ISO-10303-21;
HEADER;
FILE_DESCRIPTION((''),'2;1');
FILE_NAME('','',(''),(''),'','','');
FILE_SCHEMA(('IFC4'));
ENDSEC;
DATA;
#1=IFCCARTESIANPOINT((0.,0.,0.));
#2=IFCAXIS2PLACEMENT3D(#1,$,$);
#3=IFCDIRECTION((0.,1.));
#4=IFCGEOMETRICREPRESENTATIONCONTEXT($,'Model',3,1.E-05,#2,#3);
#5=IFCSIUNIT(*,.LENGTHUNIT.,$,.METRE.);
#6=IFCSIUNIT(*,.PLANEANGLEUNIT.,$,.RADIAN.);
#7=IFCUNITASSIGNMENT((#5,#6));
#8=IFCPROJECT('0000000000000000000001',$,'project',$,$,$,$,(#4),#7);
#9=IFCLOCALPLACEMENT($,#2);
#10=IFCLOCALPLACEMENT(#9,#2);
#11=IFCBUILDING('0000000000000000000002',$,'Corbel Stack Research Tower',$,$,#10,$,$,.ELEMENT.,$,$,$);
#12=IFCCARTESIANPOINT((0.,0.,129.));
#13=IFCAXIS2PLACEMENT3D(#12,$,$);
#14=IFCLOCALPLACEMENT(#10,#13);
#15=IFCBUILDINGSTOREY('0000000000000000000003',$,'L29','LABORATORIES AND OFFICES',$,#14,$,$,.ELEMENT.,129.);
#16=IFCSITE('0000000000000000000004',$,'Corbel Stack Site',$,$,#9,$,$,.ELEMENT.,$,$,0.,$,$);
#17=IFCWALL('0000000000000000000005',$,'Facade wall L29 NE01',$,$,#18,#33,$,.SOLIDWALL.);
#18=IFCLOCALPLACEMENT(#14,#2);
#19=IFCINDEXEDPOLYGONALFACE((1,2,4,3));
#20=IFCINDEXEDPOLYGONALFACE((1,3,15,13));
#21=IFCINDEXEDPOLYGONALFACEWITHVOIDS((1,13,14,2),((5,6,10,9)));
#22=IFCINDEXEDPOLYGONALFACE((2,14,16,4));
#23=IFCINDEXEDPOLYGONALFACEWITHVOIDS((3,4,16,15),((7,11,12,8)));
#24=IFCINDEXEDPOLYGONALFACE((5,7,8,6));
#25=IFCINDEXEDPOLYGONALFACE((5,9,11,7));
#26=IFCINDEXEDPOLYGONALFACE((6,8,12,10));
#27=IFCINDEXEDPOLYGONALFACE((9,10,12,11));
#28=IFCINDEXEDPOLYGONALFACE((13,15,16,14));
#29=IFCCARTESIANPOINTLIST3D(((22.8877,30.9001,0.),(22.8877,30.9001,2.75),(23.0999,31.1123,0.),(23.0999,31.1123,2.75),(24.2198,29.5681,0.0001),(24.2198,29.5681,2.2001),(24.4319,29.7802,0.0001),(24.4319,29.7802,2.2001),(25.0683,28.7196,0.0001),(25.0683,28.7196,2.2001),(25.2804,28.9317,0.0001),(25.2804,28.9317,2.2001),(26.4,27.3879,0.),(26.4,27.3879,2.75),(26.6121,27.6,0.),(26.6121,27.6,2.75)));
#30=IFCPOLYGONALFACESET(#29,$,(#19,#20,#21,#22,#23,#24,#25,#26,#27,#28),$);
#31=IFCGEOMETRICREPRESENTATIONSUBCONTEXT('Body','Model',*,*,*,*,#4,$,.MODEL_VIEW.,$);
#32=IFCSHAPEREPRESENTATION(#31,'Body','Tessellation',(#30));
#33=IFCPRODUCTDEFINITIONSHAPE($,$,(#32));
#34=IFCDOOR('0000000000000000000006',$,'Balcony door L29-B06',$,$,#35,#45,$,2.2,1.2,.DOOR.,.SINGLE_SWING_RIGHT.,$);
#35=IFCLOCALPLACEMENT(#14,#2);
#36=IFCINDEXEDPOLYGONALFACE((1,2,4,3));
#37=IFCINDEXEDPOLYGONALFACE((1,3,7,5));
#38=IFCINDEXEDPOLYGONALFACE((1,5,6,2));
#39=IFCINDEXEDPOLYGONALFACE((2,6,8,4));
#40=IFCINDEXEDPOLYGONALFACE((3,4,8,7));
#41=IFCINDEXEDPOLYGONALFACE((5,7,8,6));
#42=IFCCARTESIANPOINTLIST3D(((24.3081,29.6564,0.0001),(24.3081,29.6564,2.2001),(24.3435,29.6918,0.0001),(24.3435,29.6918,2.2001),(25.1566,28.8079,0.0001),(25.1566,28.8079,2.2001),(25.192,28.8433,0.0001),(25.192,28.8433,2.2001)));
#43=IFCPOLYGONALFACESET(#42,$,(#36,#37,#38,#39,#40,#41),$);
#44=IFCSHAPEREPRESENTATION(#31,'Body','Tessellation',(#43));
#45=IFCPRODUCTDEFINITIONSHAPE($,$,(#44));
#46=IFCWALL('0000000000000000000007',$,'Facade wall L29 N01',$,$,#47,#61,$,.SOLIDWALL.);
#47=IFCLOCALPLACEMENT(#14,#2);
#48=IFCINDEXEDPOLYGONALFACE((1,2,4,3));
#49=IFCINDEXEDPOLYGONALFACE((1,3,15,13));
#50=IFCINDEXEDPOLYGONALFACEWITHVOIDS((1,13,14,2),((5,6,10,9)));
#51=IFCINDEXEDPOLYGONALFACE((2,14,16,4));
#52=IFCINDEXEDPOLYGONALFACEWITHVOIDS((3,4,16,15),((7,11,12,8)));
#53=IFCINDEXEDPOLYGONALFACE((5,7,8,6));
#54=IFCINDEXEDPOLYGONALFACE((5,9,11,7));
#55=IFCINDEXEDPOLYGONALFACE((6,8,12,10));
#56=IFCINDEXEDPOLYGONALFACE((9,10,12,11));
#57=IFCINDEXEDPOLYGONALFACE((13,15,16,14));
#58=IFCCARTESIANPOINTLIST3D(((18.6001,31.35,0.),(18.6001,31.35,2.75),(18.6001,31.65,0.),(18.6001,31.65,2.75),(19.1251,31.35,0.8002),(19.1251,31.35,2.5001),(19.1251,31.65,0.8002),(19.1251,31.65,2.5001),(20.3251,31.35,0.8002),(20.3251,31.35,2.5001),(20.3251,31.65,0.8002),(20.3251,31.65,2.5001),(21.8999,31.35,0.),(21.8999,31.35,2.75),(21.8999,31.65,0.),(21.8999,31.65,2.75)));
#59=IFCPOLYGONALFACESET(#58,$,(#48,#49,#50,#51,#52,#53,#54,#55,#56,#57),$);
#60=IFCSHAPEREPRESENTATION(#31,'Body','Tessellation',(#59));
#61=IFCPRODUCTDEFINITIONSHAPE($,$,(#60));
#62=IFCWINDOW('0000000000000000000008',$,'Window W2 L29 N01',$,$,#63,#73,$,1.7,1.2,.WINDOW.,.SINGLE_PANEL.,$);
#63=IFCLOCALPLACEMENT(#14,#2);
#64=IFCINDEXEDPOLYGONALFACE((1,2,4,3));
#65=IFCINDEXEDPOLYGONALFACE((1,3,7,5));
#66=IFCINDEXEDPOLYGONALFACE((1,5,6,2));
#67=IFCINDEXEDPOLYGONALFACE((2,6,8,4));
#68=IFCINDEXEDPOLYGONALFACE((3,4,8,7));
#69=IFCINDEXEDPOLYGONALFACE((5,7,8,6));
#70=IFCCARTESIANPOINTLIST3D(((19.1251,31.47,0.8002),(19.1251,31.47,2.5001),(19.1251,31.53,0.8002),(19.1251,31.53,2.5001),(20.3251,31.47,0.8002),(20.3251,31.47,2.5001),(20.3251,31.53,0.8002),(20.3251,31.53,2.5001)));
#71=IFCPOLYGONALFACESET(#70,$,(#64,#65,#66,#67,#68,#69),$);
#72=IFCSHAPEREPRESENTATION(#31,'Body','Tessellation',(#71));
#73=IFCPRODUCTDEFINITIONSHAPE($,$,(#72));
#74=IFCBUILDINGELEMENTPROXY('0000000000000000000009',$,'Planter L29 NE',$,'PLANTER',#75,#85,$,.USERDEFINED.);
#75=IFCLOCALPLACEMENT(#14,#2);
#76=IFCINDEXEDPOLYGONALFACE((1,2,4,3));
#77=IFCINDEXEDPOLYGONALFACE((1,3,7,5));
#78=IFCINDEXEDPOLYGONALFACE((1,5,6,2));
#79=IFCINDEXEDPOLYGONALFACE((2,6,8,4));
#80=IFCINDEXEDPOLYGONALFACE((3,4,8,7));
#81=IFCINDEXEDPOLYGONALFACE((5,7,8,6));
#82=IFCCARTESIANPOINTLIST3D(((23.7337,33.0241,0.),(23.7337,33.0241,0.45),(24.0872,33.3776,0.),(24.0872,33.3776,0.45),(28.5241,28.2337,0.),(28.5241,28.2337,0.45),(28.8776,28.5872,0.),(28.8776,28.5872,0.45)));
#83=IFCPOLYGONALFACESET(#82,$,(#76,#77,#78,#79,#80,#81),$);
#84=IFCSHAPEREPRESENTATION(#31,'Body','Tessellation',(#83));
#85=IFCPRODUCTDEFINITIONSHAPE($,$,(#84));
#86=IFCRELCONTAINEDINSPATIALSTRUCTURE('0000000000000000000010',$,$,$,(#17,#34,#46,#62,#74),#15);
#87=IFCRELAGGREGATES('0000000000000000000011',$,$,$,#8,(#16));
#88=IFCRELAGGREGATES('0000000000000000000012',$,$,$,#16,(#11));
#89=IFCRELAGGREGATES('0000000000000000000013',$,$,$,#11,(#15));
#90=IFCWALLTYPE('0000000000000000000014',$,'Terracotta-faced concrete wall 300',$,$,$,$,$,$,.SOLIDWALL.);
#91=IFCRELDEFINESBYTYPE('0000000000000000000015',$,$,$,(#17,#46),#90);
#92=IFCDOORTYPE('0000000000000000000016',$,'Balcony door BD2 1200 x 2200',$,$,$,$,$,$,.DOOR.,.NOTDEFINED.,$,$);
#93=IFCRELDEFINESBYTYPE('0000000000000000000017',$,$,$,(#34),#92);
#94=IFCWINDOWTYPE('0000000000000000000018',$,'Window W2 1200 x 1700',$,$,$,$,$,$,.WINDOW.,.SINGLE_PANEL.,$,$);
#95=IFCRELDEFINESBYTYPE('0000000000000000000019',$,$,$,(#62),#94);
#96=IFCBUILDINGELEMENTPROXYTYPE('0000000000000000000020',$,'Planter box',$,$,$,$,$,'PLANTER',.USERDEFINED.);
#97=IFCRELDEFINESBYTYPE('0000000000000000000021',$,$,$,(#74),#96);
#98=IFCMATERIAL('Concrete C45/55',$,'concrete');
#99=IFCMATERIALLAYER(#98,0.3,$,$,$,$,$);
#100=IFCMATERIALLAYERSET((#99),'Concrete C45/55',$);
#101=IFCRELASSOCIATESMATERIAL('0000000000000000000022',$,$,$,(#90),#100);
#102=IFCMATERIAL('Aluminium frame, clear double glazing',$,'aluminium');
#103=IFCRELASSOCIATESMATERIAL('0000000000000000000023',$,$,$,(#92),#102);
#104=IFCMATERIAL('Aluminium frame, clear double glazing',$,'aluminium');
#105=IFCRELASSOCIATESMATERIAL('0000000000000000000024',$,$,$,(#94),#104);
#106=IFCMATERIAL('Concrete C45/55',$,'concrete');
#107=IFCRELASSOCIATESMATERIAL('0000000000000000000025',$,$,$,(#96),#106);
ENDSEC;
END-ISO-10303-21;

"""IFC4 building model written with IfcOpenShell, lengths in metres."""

from ifc_helpers import new_model, si_unit, direction, frame, frame_2d, origin, origin_2d, place, context, subcontext, project, spatial, rectangle, extrude, material, layer, layer_set, type_object, element, fill, save


model = new_model("IFC4")

# Units and contexts
model_context = context("Model", 3, precision=1e-05, world=origin(), true_north=direction((0.0, 1.0)))
body_context = subcontext(model_context, "Body", "Model", "MODEL_VIEW")
ifc_project = project(units=[si_unit("LENGTHUNIT", "METRE"), si_unit("PLANEANGLEUNIT", "RADIAN")], contexts=[model_context])

# Site, building, storey
site_placement = place(None, origin())
site = spatial("IfcSite", under=ifc_project, at=site_placement, Name="Corbel Stack Site", CompositionType="ELEMENT", RefElevation=0.0)
building_placement = place(site_placement, origin())
building = spatial("IfcBuilding", under=site, at=building_placement, Name="Corbel Stack Research Tower", CompositionType="ELEMENT")
storey_placement = place(building_placement, frame((0.0, 0.0, 129.0)))
storey = spatial("IfcBuildingStorey", under=building, at=storey_placement, Name="L29", Description="LABORATORIES AND OFFICES", CompositionType="ELEMENT", Elevation=129.0)

# Wall, opening, door
ifc_material_1 = material(Name="Concrete C45/55", Category="concrete")
ifc_layer_1 = layer(ifc_material_1, 0.3)
ifc_layer_set_1 = layer_set([ifc_layer_1], Name="Concrete C45/55")
wall_type_1 = type_object("IfcWallType", Name="Terracotta-faced concrete wall 300", PredefinedType="SOLIDWALL", material=ifc_layer_set_1)
wall_1_placement = place(storey_placement, frame((22.9939, 31.0061, 0.0), z_axis=(0.0, 0.0, 1.0), x_axis=(0.707107, -0.707107, 0.0)))
wall_1 = element("IfcWall", 1, at=wall_1_placement, inside=storey, type_object=wall_type_1, Name="Facade wall L29 NE01", PredefinedType="SOLIDWALL", context=body_context, shape_type="SweptSolid", body=[
    extrude(rectangle(XDim=4.967, YDim=0.3, at=frame_2d((2.4834, 0.0))), origin(), (0.0, 0.0, 1.0), 2.75),
])
opening_1_placement = place(wall_1_placement, frame((1.8835, 0.0, 0.0)))
opening_1 = element("IfcOpeningElement", 2, at=opening_1_placement, cuts=wall_1, PredefinedType="OPENING", context=body_context, shape_type="SweptSolid", body=[
    extrude(rectangle(XDim=1.2, YDim=2.2, at=frame_2d((0.6001, 1.1001))), frame((0.0, 0.1599, 0.0), z_axis=(0.0, -1.0, 0.0), x_axis=(1.0, 0.0, 0.0)), (0.0, 0.0, 1.0), 0.3201),
])
ifc_material_2 = material(Name="Aluminium frame, clear double glazing", Category="aluminium")
door_type_1 = type_object("IfcDoorType", Name="Balcony door BD2 1200 x 2200", OperationType="NOTDEFINED", PredefinedType="DOOR", material=ifc_material_2)
door_1_placement = place(opening_1_placement, origin())
door_1 = element("IfcDoor", 3, at=door_1_placement, inside=storey, type_object=door_type_1, Name="Balcony door L29-B06", OperationType="SINGLE_SWING_RIGHT", OverallHeight=2.2, OverallWidth=1.2, PredefinedType="DOOR", context=body_context, shape_type="SweptSolid", body=[
    extrude(rectangle(XDim=1.2, YDim=2.2, at=frame_2d((0.6001, 1.1001))), frame((0.0, 0.0249, 0.0), z_axis=(0.0, -1.0, 0.0), x_axis=(1.0, 0.0, 0.0)), (0.0, 0.0, 1.0), 0.05),
])
fill(opening_1, door_1)

# Wall, opening, window
wall_2_placement = place(storey_placement, frame((18.6001, 31.5, 0.0), z_axis=(0.0, 0.0, 1.0), x_axis=(1.0, 0.0, 0.0)))
wall_2 = element("IfcWall", 4, at=wall_2_placement, inside=storey, type_object=wall_type_1, Name="Facade wall L29 N01", PredefinedType="SOLIDWALL", context=body_context, shape_type="SweptSolid", body=[
    extrude(rectangle(XDim=3.2998, YDim=0.3, at=frame_2d((1.6499, 0.0))), origin(), (0.0, 0.0, 1.0), 2.75),
])
opening_2_placement = place(wall_2_placement, frame((0.5249, 0.0, 0.8)))
opening_2 = element("IfcOpeningElement", 5, at=opening_2_placement, cuts=wall_2, PredefinedType="OPENING", context=body_context, shape_type="SweptSolid", body=[
    extrude(rectangle(XDim=1.2, YDim=1.7, at=frame_2d((0.6001, 0.8501))), frame((0.0, 0.1599, 0.0), z_axis=(0.0, -1.0, 0.0), x_axis=(1.0, 0.0, 0.0)), (0.0, 0.0, 1.0), 0.3201),
])
ifc_material_3 = material(Name="Aluminium frame, clear double glazing", Category="aluminium")
window_type = type_object("IfcWindowType", Name="Window W2 1200 x 1700", PartitioningType="SINGLE_PANEL", PredefinedType="WINDOW", material=ifc_material_3)
window_placement = place(opening_2_placement, origin())
window = element("IfcWindow", 6, at=window_placement, inside=storey, type_object=window_type, Name="Window W2 L29 N01", OverallHeight=1.7, OverallWidth=1.2, PartitioningType="SINGLE_PANEL", PredefinedType="WINDOW", context=body_context, shape_type="SweptSolid", body=[
    extrude(rectangle(XDim=1.2, YDim=1.7, at=frame_2d((0.6001, 0.8501))), frame((0.0, 0.03, 0.0), z_axis=(0.0, -1.0, 0.0), x_axis=(1.0, 0.0, 0.0)), (0.0, 0.0, 1.0), 0.0601),
])
fill(opening_2, window)

# Building element proxy
ifc_material_4 = material(Name="Concrete C45/55", Category="concrete")
building_element_proxy_type = type_object("IfcBuildingElementProxyType", Name="Planter box", ElementType="PLANTER", PredefinedType="USERDEFINED", material=ifc_material_4)
proxy_placement = place(storey_placement, frame((26.3057, 30.8057, 0.0), z_axis=(0.0, 0.0, 1.0), x_axis=(-0.707107, 0.707107, 0.0)))
element("IfcBuildingElementProxy", 7, at=proxy_placement, inside=storey, type_object=building_element_proxy_type, Name="Planter L29 NE", ObjectType="PLANTER", PredefinedType="USERDEFINED", context=body_context, shape_type="SweptSolid", body=[
    extrude(rectangle(XDim=6.7747, YDim=0.5, at=origin_2d()), origin(), (0.0, 0.0, 1.0), 0.45),
])

save(model, "model.ifc")
